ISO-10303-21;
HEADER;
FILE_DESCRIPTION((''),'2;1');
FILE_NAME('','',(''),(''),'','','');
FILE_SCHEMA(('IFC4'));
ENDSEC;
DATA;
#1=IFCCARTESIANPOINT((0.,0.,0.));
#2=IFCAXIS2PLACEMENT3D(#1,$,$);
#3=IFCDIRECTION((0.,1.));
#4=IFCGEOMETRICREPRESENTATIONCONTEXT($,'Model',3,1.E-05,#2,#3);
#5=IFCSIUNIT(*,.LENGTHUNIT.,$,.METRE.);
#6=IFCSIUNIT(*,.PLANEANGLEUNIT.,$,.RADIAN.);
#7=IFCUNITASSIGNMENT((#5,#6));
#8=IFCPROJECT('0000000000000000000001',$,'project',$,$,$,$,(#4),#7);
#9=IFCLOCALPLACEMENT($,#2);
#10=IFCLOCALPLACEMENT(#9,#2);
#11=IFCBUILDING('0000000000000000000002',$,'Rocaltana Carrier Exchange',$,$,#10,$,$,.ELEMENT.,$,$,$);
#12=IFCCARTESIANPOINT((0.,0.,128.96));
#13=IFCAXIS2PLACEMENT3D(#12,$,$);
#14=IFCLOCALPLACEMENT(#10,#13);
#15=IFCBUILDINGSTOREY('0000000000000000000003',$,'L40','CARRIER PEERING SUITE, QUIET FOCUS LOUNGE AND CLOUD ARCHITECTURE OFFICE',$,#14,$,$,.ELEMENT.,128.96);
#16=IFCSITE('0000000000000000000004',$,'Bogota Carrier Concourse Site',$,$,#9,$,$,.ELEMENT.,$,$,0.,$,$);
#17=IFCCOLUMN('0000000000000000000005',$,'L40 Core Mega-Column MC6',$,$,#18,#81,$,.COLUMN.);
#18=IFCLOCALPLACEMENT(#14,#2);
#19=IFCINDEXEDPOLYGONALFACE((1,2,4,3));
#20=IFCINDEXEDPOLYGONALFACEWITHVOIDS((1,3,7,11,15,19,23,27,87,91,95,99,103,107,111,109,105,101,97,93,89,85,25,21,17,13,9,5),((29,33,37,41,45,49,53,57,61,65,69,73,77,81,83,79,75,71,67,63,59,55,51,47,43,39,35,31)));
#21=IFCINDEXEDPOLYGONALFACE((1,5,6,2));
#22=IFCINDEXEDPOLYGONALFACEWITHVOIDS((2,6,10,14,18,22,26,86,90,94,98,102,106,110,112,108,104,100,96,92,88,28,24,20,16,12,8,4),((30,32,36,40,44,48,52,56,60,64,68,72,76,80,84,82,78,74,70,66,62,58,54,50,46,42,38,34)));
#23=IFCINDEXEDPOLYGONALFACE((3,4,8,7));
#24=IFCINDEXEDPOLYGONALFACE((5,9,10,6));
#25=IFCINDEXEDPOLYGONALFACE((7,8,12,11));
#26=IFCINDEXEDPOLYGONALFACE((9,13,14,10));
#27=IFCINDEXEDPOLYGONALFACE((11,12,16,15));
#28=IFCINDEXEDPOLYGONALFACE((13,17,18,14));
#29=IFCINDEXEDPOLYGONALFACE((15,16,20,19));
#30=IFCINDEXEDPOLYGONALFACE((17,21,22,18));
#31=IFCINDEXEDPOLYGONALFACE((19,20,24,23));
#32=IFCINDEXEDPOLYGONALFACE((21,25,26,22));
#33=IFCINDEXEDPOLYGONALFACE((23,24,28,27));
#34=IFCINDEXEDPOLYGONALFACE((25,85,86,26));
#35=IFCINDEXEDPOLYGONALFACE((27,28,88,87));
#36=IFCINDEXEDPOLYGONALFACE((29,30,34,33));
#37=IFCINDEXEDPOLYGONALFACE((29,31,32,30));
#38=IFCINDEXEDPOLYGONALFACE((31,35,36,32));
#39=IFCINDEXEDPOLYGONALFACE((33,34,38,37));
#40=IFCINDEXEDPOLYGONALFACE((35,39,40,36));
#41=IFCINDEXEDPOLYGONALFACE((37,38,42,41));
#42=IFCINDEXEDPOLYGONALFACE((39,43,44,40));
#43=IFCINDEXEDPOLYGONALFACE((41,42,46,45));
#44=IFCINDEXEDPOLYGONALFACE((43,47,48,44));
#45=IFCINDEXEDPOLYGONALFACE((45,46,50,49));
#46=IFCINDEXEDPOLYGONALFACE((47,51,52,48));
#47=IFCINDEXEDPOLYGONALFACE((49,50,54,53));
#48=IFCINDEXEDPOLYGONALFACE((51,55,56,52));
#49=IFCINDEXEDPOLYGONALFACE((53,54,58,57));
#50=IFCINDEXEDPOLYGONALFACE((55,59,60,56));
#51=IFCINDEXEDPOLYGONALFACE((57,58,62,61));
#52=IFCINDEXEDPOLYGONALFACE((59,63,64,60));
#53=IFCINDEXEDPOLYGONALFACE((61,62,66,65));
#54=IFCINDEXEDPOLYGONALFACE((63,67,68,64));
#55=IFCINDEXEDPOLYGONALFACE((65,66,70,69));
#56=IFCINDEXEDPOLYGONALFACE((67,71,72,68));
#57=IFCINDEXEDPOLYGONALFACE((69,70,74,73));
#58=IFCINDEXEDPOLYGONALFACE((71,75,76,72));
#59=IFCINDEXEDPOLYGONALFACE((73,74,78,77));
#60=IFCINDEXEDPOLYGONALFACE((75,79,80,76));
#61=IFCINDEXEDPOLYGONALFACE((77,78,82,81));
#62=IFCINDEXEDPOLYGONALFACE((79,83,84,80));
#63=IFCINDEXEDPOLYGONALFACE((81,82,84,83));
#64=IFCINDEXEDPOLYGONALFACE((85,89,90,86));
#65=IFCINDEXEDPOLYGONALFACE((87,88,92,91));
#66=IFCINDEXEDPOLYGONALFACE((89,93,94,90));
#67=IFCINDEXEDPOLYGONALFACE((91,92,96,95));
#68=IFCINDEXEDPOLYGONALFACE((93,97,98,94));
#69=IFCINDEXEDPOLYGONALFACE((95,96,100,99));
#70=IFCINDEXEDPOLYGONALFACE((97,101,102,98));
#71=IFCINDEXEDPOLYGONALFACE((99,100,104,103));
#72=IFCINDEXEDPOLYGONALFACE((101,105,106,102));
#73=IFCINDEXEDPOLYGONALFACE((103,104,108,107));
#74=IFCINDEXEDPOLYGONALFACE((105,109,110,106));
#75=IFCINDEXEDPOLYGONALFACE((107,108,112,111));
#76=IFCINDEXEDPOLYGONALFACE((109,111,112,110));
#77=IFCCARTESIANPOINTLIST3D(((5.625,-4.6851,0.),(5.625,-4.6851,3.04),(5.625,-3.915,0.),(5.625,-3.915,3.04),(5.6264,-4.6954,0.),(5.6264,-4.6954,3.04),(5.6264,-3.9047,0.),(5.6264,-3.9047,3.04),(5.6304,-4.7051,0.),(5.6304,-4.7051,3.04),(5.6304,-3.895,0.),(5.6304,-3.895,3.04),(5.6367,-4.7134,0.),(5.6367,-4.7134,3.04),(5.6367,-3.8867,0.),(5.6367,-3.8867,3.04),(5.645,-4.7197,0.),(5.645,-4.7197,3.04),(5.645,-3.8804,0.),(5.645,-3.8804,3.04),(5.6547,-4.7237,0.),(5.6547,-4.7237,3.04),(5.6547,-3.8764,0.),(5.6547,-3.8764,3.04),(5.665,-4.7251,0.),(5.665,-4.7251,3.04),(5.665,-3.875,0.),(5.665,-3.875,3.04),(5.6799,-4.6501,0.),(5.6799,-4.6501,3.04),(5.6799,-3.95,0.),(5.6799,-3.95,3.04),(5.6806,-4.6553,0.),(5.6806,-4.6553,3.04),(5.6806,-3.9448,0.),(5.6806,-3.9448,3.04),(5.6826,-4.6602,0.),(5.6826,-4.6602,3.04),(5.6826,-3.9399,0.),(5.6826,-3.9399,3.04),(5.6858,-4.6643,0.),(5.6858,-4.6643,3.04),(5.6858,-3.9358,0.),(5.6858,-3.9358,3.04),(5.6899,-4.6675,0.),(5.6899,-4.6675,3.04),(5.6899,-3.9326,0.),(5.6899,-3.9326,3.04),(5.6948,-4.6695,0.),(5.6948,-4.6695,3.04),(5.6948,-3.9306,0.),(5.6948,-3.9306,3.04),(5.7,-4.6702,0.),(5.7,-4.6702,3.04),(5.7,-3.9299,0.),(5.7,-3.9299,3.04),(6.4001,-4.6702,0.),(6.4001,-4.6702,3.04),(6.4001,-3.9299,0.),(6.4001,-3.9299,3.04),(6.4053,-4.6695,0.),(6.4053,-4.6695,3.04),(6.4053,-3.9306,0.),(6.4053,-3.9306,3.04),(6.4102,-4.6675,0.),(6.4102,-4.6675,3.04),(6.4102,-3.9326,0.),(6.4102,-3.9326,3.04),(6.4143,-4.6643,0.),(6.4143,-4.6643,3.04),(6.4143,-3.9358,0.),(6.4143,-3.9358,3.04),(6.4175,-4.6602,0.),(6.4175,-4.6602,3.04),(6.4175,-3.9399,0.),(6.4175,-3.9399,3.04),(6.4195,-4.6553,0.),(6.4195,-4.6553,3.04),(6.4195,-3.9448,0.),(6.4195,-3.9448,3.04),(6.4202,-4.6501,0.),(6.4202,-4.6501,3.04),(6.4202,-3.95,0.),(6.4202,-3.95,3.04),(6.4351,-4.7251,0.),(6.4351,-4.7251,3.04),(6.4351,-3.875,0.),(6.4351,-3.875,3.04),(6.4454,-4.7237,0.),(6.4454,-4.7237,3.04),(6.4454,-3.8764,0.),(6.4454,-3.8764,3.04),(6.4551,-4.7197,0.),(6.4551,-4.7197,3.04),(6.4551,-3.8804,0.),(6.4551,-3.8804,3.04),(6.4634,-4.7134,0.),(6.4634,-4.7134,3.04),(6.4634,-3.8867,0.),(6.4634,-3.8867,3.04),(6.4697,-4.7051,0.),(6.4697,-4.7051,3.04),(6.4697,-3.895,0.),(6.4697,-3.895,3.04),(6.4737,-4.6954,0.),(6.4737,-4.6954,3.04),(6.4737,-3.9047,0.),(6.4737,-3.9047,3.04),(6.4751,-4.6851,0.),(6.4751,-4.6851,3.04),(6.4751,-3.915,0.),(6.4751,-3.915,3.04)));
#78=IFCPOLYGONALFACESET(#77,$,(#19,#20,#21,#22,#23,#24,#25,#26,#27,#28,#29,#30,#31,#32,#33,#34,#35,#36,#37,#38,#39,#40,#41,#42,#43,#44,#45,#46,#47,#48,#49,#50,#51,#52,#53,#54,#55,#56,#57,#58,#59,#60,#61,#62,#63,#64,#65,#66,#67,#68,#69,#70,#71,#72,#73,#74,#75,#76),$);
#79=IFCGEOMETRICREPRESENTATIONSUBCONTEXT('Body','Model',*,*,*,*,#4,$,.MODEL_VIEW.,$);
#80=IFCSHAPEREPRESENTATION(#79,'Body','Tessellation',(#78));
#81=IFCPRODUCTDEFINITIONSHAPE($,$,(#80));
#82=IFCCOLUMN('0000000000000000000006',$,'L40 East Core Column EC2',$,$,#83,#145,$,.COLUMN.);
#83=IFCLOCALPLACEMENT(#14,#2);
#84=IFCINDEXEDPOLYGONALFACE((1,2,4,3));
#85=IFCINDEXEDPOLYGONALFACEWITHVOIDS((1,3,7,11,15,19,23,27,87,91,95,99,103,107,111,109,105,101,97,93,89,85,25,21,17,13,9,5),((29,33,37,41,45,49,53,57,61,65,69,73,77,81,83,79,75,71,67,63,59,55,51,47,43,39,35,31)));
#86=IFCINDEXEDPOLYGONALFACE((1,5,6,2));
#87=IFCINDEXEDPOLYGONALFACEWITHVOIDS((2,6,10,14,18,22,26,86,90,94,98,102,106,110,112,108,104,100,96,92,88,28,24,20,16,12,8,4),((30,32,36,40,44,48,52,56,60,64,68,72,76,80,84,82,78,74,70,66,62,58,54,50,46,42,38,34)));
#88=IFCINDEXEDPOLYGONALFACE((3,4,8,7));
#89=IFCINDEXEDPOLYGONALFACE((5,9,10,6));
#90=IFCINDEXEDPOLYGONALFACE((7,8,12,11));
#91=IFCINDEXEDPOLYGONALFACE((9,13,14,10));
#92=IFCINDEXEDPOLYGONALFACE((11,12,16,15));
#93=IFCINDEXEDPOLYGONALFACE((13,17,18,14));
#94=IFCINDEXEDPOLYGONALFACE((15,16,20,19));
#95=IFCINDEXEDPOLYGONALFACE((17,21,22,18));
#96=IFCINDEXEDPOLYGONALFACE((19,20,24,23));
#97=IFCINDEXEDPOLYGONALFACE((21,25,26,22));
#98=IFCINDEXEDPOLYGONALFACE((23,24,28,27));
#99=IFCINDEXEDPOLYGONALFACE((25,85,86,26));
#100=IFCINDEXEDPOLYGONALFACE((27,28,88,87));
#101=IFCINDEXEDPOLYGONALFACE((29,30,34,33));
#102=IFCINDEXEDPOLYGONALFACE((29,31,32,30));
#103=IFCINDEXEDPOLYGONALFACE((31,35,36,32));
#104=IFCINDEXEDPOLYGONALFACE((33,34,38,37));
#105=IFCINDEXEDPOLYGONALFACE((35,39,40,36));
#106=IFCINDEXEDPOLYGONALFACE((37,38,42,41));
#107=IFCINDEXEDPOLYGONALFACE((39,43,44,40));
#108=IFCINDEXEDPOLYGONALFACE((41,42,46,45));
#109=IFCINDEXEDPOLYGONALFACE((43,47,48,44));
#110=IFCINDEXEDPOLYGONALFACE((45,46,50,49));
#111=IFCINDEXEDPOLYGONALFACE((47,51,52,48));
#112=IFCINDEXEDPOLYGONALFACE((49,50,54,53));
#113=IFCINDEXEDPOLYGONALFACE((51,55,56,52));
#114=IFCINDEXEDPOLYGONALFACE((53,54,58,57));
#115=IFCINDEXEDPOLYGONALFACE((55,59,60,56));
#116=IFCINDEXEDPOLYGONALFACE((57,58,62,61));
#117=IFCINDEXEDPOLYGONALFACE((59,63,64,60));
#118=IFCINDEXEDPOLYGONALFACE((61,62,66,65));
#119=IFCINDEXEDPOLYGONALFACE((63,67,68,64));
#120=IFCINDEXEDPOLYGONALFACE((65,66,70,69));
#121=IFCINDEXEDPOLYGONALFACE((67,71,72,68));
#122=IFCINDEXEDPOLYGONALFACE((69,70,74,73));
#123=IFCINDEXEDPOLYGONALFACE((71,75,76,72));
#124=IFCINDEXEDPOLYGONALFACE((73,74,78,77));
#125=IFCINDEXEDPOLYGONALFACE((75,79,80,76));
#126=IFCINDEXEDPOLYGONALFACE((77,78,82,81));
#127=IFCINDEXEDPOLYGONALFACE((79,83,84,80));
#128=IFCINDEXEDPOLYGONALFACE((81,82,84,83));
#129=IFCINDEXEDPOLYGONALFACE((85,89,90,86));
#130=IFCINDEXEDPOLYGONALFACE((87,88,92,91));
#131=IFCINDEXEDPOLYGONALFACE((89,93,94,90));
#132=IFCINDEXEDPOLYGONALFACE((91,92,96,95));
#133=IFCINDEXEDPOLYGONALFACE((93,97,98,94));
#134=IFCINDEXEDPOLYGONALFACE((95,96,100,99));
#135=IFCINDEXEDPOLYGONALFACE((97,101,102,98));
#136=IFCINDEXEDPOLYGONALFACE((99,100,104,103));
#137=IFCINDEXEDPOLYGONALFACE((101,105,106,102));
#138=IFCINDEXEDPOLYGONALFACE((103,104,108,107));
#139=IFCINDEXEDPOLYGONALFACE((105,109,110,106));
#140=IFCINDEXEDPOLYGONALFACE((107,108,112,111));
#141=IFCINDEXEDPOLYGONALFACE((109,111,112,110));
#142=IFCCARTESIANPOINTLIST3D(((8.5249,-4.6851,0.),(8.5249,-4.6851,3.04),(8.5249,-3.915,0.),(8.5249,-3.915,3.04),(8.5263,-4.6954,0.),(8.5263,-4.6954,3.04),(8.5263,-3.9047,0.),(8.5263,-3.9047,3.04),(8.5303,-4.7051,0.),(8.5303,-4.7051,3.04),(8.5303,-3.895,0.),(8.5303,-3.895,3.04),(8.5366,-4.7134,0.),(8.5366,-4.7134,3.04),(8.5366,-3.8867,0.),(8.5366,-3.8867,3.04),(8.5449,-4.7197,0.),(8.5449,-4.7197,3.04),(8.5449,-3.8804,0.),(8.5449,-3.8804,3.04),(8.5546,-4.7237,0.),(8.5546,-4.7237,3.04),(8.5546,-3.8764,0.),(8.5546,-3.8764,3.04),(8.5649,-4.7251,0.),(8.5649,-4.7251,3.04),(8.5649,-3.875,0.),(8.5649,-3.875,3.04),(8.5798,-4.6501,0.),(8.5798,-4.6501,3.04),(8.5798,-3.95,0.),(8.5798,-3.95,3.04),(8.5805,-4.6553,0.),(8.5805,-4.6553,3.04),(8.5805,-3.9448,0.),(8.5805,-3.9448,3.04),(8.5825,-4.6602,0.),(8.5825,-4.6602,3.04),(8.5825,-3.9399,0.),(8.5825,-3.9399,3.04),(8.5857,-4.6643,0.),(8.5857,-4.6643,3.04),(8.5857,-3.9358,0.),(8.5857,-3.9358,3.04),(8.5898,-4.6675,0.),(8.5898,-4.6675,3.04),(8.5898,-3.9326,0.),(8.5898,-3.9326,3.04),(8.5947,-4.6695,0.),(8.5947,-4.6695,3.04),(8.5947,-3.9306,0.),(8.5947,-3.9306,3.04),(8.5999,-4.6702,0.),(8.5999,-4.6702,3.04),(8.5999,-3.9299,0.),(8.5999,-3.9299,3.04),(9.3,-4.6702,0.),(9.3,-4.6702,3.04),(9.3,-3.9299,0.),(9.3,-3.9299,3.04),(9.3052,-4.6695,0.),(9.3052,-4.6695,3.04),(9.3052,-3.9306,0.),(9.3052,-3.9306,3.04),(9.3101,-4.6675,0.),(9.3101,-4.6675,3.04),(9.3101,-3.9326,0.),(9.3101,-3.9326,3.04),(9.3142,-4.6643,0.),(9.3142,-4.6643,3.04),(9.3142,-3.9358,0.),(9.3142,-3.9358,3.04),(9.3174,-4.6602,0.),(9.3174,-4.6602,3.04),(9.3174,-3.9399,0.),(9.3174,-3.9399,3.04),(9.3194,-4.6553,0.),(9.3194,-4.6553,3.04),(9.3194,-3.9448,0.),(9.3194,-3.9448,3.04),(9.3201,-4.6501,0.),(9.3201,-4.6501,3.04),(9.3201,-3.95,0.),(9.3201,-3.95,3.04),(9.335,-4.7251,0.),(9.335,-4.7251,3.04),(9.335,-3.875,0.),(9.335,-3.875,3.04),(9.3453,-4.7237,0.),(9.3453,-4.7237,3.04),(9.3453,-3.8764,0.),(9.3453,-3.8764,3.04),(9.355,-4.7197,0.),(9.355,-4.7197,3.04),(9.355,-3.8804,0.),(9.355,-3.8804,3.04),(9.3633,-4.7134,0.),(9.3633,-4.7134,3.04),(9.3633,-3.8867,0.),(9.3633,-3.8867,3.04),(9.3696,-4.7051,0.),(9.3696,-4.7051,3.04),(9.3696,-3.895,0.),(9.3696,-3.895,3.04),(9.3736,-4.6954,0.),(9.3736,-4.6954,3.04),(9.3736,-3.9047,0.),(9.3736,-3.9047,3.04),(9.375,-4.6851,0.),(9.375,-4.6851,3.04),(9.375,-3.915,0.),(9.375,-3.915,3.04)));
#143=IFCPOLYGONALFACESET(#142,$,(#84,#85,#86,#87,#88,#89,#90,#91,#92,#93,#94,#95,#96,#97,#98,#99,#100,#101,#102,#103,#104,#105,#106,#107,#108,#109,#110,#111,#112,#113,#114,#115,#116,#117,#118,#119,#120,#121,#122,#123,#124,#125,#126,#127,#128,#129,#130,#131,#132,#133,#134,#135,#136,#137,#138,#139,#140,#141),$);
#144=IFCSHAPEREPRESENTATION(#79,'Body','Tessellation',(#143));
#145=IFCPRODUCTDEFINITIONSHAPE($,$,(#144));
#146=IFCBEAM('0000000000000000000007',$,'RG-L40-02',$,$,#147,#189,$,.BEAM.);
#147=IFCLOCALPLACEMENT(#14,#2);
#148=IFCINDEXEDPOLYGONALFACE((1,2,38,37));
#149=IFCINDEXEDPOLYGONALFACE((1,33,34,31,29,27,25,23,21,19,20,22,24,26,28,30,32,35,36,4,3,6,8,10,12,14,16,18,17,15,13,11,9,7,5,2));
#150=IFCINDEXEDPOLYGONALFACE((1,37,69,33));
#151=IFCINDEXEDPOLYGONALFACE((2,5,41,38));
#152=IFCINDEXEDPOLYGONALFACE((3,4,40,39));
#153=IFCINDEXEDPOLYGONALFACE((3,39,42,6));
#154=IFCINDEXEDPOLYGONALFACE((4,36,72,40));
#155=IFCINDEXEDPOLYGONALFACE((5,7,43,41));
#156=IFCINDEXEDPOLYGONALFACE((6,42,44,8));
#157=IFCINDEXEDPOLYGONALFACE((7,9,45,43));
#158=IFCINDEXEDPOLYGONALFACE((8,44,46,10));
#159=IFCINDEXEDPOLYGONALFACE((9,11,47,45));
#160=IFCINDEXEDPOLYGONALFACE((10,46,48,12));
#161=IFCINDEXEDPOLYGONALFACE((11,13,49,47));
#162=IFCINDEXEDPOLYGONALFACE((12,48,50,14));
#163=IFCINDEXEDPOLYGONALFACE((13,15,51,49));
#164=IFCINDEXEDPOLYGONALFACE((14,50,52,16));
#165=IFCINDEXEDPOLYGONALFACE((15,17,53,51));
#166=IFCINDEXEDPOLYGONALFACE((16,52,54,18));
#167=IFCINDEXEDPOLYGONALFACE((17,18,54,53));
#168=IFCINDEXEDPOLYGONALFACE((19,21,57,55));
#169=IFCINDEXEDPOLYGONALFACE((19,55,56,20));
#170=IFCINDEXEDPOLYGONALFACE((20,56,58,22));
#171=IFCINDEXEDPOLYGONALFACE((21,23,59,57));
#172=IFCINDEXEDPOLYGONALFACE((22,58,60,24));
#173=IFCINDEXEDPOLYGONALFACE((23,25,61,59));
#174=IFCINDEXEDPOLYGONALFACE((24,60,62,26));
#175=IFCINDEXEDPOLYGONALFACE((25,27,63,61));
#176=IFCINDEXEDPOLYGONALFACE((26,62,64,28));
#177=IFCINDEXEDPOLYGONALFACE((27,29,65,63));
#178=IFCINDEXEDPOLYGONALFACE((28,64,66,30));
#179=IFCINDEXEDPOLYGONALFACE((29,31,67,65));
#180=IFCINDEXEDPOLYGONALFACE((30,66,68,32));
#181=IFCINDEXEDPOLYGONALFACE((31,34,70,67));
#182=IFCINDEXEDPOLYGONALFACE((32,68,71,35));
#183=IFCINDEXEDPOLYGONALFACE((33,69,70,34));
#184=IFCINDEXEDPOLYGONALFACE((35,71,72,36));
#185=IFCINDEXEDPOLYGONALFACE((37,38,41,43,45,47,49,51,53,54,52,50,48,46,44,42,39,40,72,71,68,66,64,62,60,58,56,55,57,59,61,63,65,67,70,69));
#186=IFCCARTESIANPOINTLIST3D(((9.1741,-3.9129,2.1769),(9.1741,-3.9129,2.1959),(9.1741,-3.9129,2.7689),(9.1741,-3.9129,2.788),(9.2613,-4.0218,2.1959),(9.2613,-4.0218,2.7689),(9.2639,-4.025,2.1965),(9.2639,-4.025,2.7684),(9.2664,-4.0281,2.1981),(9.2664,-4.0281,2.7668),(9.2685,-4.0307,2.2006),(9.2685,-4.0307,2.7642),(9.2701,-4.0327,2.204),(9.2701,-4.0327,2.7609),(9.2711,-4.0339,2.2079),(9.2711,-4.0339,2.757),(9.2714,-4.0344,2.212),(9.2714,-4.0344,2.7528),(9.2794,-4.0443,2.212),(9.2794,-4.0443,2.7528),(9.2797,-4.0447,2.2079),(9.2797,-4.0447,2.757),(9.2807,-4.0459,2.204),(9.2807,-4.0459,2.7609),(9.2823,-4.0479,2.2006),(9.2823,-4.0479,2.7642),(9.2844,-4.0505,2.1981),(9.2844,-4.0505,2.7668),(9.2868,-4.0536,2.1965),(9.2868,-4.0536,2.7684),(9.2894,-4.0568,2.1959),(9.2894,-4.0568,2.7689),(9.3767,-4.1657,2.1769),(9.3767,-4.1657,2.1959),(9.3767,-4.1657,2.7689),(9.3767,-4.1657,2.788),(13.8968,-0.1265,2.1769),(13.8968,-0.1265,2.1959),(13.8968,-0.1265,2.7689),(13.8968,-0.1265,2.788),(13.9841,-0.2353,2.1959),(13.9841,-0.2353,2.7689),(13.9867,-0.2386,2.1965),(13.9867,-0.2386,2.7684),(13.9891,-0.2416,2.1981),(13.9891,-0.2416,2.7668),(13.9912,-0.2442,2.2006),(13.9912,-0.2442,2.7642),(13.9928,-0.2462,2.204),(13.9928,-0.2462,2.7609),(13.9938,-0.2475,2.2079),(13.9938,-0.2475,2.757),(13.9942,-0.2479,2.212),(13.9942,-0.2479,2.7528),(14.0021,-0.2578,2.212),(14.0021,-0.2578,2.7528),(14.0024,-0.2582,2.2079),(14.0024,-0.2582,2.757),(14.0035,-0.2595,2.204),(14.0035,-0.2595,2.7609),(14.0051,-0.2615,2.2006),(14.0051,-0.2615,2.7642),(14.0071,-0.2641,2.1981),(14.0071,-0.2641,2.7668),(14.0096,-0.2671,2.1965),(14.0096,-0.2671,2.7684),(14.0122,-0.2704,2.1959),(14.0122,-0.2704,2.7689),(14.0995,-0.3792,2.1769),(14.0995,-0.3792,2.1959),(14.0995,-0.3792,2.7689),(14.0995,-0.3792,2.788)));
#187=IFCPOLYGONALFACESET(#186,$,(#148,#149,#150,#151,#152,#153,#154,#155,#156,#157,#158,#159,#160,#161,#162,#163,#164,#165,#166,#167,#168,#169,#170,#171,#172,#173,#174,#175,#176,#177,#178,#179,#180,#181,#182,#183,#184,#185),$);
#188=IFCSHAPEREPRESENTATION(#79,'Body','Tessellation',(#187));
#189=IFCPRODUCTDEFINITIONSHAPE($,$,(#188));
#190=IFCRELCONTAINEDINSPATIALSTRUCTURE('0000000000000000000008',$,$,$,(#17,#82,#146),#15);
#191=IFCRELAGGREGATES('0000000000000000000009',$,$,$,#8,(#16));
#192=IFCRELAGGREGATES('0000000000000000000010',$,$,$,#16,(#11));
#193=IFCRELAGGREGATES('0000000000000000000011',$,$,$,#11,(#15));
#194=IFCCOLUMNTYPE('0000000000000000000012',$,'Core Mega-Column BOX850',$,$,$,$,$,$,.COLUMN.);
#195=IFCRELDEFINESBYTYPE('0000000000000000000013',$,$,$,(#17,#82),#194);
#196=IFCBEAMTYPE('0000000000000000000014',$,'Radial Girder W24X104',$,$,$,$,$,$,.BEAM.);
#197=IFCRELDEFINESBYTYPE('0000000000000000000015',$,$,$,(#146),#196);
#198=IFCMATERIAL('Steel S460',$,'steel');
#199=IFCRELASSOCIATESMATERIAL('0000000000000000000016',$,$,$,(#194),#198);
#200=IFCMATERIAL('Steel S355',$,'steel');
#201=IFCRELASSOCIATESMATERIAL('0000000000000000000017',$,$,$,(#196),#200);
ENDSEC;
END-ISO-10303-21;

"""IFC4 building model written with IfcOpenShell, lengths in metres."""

from ifc_helpers import new_model, si_unit, direction, frame, origin, origin_2d, place, context, subcontext, project, spatial, hollow_rectangle, i_section, extrude, material, material_profile, profile_set, type_object, element, save


model = new_model("IFC4")

# Units and contexts
model_context = context("Model", 3, precision=1e-05, world=origin(), true_north=direction((0.0, 1.0)))
body_context = subcontext(model_context, "Body", "Model", "MODEL_VIEW")
ifc_project = project(units=[si_unit("LENGTHUNIT", "METRE"), si_unit("PLANEANGLEUNIT", "RADIAN")], contexts=[model_context])

# Site, building, storey
site_placement = place(None, origin())
site = spatial("IfcSite", under=ifc_project, at=site_placement, Name="Bogota Carrier Concourse Site", CompositionType="ELEMENT", RefElevation=0.0)
building_placement = place(site_placement, origin())
building = spatial("IfcBuilding", under=site, at=building_placement, Name="Rocaltana Carrier Exchange", CompositionType="ELEMENT")
storey_placement = place(building_placement, frame((0.0, 0.0, 128.96)))
storey = spatial("IfcBuildingStorey", under=building, at=storey_placement, Name="L40", Description="CARRIER PEERING SUITE, QUIET FOCUS LOUNGE AND CLOUD ARCHITECTURE OFFICE", CompositionType="ELEMENT", Elevation=128.96)

# Columns
ifc_material_1 = material(Name="Steel S460", Category="steel")
ifc_material_profile_1 = material_profile(ifc_material_1, hollow_rectangle(XDim=0.8501, YDim=0.8501, WallThickness=0.0549, InnerFilletRadius=0.02, OuterFilletRadius=0.04, at=origin_2d()), Name="BOX850X850X55")
ifc_profile_set_1 = profile_set([ifc_material_profile_1], Name="Steel S460")
column_type = type_object("IfcColumnType", Name="Core Mega-Column BOX850", PredefinedType="COLUMN", material=ifc_profile_set_1)
for number, where, z_axis, x_axis, name in (
    (1, (6.05, -4.3, 0.0), (0.0, 0.0, 1.0), (1.0, 0.0, 0.0), "L40 Core Mega-Column MC6"),
    (2, (8.95, -4.3, 0.0), (0.0, 0.0, 1.0), (1.0, 0.0, 0.0), "L40 East Core Column EC2"),
):
    element("IfcColumn", number, at=place(storey_placement, frame(where, z_axis=z_axis, x_axis=x_axis)), inside=storey, type_object=column_type, Name=name, PredefinedType="COLUMN", context=body_context, shape_type="SweptSolid", body=[
        extrude(hollow_rectangle(XDim=0.8501, YDim=0.8501, WallThickness=0.0549, InnerFilletRadius=0.02, OuterFilletRadius=0.04, at=origin_2d()), origin(), (0.0, 0.0, 1.0), 3.04),
    ])

# Beam
ifc_material_2 = material(Name="Steel S355", Category="steel")
ifc_material_profile_2 = material_profile(ifc_material_2, i_section(OverallWidth=0.324, OverallDepth=0.6111, WebThickness=0.0127, FlangeThickness=0.019, FilletRadius=0.0161, at=origin_2d()), Name="W24X104")
ifc_profile_set_2 = profile_set([ifc_material_profile_2], Name="Steel S355")
beam_type = type_object("IfcBeamType", Name="Radial Girder W24X104", PredefinedType="BEAM", material=ifc_profile_set_2)
beam_placement = place(storey_placement, frame((9.2754, -4.0393, 2.4824), z_axis=(0.780203, 0.625526, 0.0), x_axis=(-0.625526, 0.780203, 0.0)))
element("IfcBeam", 3, at=beam_placement, inside=storey, type_object=beam_type, Name="RG-L40-02", PredefinedType="BEAM", context=body_context, shape_type="SweptSolid", body=[
    extrude(i_section(OverallWidth=0.324, OverallDepth=0.6111, WebThickness=0.0127, FlangeThickness=0.019, FilletRadius=0.0161, at=origin_2d()), origin(), (0.0, 0.0, 1.0), 6.0532),
])

save(model, "model.ifc")
